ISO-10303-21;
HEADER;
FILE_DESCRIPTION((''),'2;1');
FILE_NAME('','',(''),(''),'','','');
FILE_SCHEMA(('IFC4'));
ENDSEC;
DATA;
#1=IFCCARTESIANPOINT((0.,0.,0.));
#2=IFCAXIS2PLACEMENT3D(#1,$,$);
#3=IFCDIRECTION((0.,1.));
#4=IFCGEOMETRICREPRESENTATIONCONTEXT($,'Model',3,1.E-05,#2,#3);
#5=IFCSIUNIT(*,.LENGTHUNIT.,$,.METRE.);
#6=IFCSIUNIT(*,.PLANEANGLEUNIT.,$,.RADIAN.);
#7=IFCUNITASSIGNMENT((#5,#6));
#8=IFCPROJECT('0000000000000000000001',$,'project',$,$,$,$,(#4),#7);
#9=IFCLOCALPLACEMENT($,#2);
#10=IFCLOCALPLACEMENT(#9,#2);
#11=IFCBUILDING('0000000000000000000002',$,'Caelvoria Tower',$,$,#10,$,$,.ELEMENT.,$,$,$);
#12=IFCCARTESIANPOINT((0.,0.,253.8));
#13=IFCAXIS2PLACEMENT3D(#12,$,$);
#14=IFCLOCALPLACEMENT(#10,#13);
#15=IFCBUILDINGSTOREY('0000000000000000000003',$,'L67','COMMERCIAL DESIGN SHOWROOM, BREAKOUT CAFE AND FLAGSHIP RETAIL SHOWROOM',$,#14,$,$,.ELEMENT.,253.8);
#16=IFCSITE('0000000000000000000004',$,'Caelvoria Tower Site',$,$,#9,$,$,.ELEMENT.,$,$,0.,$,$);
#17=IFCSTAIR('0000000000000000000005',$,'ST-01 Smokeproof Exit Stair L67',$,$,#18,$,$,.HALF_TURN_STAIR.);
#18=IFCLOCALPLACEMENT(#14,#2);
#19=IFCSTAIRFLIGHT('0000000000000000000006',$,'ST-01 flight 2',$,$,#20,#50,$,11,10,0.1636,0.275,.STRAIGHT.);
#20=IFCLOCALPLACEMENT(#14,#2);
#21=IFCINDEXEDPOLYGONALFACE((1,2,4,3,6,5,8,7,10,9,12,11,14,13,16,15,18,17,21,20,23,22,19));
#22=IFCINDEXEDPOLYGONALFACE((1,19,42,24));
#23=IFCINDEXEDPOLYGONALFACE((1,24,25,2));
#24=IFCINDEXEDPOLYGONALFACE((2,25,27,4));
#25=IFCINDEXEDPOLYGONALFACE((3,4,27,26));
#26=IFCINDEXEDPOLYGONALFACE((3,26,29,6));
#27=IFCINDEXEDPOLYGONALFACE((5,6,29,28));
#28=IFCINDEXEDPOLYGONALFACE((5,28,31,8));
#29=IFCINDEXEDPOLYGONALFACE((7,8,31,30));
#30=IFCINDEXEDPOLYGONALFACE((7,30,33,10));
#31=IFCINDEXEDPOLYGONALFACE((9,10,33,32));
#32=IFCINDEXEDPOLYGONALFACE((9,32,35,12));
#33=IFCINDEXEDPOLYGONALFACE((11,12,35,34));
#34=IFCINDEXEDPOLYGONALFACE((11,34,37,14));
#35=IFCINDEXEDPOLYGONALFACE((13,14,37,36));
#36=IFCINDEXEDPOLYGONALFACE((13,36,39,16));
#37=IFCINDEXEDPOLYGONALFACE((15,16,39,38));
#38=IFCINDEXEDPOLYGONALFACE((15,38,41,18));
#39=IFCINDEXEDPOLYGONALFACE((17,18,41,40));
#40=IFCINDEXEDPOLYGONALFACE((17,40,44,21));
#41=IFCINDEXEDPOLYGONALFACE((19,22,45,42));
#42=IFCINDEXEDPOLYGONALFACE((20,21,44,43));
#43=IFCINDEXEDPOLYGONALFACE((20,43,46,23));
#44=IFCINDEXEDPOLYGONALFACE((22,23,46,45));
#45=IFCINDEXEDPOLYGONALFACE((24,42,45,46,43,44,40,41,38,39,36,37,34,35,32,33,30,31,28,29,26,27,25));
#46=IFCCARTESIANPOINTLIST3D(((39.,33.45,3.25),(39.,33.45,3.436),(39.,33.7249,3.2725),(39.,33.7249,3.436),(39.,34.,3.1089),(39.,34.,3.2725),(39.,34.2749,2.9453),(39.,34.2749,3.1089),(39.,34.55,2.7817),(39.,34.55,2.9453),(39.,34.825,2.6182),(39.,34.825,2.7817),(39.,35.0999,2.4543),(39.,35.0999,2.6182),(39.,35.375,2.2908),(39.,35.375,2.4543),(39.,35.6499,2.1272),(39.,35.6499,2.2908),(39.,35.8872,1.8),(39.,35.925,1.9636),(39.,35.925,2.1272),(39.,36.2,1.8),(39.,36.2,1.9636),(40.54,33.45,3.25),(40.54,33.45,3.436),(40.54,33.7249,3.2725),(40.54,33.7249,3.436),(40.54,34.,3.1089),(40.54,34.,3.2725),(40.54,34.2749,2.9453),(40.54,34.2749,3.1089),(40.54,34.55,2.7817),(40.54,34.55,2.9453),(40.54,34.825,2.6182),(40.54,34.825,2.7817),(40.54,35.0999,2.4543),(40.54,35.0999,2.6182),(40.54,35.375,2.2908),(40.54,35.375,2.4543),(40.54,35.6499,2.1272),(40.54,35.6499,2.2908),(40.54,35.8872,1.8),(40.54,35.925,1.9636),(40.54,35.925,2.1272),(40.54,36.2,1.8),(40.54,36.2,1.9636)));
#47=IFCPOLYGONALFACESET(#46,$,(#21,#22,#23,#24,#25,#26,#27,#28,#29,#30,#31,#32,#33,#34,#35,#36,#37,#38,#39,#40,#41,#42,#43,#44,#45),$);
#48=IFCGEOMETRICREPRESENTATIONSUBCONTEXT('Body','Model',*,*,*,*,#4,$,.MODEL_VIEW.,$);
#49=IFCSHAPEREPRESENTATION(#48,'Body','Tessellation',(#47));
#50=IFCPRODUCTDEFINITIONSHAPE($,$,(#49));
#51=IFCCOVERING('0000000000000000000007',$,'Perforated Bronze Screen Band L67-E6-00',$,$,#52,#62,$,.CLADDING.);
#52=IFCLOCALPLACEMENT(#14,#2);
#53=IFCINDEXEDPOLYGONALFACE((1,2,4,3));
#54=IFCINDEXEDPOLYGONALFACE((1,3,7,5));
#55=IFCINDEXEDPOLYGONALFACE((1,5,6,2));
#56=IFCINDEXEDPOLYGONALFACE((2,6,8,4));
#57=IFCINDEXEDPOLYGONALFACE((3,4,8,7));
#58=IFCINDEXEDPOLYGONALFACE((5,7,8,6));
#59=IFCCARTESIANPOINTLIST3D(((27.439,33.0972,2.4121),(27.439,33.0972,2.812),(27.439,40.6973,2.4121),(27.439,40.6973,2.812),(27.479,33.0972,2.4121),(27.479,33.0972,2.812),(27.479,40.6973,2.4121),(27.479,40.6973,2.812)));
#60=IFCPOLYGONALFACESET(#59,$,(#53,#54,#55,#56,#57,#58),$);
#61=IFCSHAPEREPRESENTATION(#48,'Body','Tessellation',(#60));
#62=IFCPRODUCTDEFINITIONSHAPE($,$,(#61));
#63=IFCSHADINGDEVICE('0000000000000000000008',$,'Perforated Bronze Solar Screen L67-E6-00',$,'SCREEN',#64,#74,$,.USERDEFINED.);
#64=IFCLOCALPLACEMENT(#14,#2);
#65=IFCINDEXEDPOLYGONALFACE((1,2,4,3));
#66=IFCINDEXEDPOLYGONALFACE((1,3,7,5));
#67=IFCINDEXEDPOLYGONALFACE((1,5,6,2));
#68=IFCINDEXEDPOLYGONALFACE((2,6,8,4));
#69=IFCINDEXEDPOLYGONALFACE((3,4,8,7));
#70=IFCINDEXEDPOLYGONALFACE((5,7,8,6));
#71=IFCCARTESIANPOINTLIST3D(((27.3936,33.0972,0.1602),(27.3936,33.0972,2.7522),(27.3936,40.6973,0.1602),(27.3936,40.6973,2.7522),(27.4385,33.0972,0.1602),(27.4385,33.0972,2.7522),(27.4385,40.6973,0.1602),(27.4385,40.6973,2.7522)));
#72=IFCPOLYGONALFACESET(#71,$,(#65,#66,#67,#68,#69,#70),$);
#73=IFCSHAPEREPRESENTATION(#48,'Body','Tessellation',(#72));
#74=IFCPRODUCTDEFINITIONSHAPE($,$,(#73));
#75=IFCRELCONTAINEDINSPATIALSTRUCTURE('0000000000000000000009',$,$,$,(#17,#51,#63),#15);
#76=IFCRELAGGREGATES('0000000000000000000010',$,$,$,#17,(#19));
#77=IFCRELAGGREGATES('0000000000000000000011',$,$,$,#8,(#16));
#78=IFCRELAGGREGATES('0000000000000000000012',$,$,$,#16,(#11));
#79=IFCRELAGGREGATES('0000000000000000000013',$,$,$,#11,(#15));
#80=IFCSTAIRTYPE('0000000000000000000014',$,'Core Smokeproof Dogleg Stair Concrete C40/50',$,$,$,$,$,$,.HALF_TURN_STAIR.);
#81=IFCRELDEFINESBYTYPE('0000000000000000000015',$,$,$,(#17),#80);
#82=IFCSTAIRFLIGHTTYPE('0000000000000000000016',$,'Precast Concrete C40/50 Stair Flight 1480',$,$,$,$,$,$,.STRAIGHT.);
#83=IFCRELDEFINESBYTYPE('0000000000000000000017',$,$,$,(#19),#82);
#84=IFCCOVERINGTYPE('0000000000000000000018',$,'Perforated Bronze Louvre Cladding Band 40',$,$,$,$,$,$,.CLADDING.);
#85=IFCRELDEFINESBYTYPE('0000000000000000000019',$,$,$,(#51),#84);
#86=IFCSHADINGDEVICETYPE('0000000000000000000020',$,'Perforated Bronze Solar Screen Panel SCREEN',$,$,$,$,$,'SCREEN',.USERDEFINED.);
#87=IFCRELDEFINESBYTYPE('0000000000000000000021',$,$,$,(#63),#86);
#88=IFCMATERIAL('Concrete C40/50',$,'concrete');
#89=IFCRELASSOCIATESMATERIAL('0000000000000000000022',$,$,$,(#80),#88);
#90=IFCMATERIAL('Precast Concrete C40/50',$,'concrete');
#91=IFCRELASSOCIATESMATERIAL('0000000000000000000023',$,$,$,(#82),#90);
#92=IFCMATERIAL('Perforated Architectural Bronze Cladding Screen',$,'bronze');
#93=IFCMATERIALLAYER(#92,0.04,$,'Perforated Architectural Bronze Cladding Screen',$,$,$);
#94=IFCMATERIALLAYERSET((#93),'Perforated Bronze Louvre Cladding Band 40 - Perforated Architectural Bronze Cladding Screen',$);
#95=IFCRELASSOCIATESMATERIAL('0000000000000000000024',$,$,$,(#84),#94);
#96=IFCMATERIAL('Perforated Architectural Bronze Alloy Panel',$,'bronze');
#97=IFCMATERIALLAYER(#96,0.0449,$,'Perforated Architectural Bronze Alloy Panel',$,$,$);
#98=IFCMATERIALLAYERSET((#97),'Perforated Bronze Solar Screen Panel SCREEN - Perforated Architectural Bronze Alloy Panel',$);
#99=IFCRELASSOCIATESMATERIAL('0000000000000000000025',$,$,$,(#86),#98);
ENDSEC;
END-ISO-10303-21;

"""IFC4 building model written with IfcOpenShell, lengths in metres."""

from ifc_helpers import new_model, si_unit, direction, frame, origin, origin_2d, place, context, subcontext, project, spatial, polyline, rectangle, outline, extrude, material, layer, layer_set, type_object, element, aggregate, save


model = new_model("IFC4")

# Units and contexts
model_context = context("Model", 3, precision=1e-05, world=origin(), true_north=direction((0.0, 1.0)))
body_context = subcontext(model_context, "Body", "Model", "MODEL_VIEW")
ifc_project = project(units=[si_unit("LENGTHUNIT", "METRE"), si_unit("PLANEANGLEUNIT", "RADIAN")], contexts=[model_context])

# Site, building, storey
site_placement = place(None, origin())
site = spatial("IfcSite", under=ifc_project, at=site_placement, Name="Caelvoria Tower Site", CompositionType="ELEMENT", RefElevation=0.0)
building_placement = place(site_placement, origin())
building = spatial("IfcBuilding", under=site, at=building_placement, Name="Caelvoria Tower", CompositionType="ELEMENT")
storey_placement = place(building_placement, frame((0.0, 0.0, 253.8)))
storey = spatial("IfcBuildingStorey", under=building, at=storey_placement, Name="L67", Description="COMMERCIAL DESIGN SHOWROOM, BREAKOUT CAFE AND FLAGSHIP RETAIL SHOWROOM", CompositionType="ELEMENT", Elevation=253.8)

# Stair, stair flight
ifc_material_1 = material(Name="Concrete C40/50", Category="concrete")
stair_type = type_object("IfcStairType", Name="Core Smokeproof Dogleg Stair Concrete C40/50", PredefinedType="HALF_TURN_STAIR", material=ifc_material_1)
stair_placement = place(storey_placement, origin())
stair = element("IfcStair", 1, at=stair_placement, inside=storey, type_object=stair_type, Name="ST-01 Smokeproof Exit Stair L67", PredefinedType="HALF_TURN_STAIR")
ifc_material_2 = material(Name="Precast Concrete C40/50", Category="concrete")
stair_flight_type = type_object("IfcStairFlightType", Name="Precast Concrete C40/50 Stair Flight 1480", PredefinedType="STRAIGHT", material=ifc_material_2)
stair_flight_1_placement = place(storey_placement, frame((39.77, 36.2, 1.8), z_axis=(0.0, 0.0, 1.0), x_axis=(0.0, -1.0, 0.0)))
stair_flight_1 = element("IfcStairFlight", 2, at=stair_flight_1_placement, type_object=stair_flight_type, Name="ST-01 flight 2", NumberOfRisers=11, NumberOfTreads=10, PredefinedType="STRAIGHT", RiserHeight=0.1636, TreadLength=0.275, context=body_context, shape_type="SweptSolid", body=[
    extrude(outline(polyline([(0.0, 0.0), (0.0, 0.1636), (0.2749, 0.1636), (0.2749, 0.3271), (0.55, 0.3271), (0.55, 0.4907), (0.825, 0.4907), (0.825, 0.6543), (1.1001, 0.6543), (1.1001, 0.8181), (1.375, 0.8181), (1.375, 0.9817), (1.6499, 0.9817), (1.6499, 1.1453), (1.925, 1.1453), (1.925, 1.3088), (2.2, 1.3088), (2.2, 1.4724), (2.4751, 1.4724), (2.4751, 1.636), (2.75, 1.636), (2.75, 1.7996), (2.75, 1.45), (0.3127, 0.0), (0.0, 0.0)])), frame((0.0, 0.77, 0.0), z_axis=(0.0, -1.0, 0.0), x_axis=(1.0, 0.0, 0.0)), (0.0, 0.0, 1.0), 1.54),
])
aggregate(stair, [stair_flight_1])

# Covering
ifc_material_3 = material(Name="Perforated Architectural Bronze Cladding Screen", Category="bronze")
ifc_layer_1 = layer(ifc_material_3, 0.04, Name="Perforated Architectural Bronze Cladding Screen")
ifc_layer_set_1 = layer_set([ifc_layer_1], Name="Perforated Bronze Louvre Cladding Band 40 - Perforated Architectural Bronze Cladding Screen")
covering_type = type_object("IfcCoveringType", Name="Perforated Bronze Louvre Cladding Band 40", PredefinedType="CLADDING", material=ifc_layer_set_1)
covering_placement = place(storey_placement, frame((27.459, 36.8972, 2.4121), z_axis=(0.0, 0.0, 1.0), x_axis=(0.0, -1.0, 0.0)))
element("IfcCovering", 3, at=covering_placement, inside=storey, type_object=covering_type, Name="Perforated Bronze Screen Band L67-E6-00", PredefinedType="CLADDING", context=body_context, shape_type="SweptSolid", body=[
    extrude(rectangle(XDim=7.6001, YDim=0.04, at=origin_2d()), origin(), (0.0, 0.0, 1.0), 0.3999),
])

# Shading device
ifc_material_4 = material(Name="Perforated Architectural Bronze Alloy Panel", Category="bronze")
ifc_layer_2 = layer(ifc_material_4, 0.0449, Name="Perforated Architectural Bronze Alloy Panel")
ifc_layer_set_2 = layer_set([ifc_layer_2], Name="Perforated Bronze Solar Screen Panel SCREEN - Perforated Architectural Bronze Alloy Panel")
shading_device_type = type_object("IfcShadingDeviceType", Name="Perforated Bronze Solar Screen Panel SCREEN", ElementType="SCREEN", PredefinedType="USERDEFINED", material=ifc_layer_set_2)
shading_device_placement = place(storey_placement, frame((27.416, 36.8972, 0.1602), z_axis=(0.0, 0.0, 1.0), x_axis=(0.0, -1.0, 0.0)))
element("IfcShadingDevice", 4, at=shading_device_placement, inside=storey, type_object=shading_device_type, Name="Perforated Bronze Solar Screen L67-E6-00", ObjectType="SCREEN", PredefinedType="USERDEFINED", context=body_context, shape_type="SweptSolid", body=[
    extrude(rectangle(XDim=7.6001, YDim=0.0449, at=origin_2d()), origin(), (0.0, 0.0, 1.0), 2.592),
])

save(model, "model.ifc")
